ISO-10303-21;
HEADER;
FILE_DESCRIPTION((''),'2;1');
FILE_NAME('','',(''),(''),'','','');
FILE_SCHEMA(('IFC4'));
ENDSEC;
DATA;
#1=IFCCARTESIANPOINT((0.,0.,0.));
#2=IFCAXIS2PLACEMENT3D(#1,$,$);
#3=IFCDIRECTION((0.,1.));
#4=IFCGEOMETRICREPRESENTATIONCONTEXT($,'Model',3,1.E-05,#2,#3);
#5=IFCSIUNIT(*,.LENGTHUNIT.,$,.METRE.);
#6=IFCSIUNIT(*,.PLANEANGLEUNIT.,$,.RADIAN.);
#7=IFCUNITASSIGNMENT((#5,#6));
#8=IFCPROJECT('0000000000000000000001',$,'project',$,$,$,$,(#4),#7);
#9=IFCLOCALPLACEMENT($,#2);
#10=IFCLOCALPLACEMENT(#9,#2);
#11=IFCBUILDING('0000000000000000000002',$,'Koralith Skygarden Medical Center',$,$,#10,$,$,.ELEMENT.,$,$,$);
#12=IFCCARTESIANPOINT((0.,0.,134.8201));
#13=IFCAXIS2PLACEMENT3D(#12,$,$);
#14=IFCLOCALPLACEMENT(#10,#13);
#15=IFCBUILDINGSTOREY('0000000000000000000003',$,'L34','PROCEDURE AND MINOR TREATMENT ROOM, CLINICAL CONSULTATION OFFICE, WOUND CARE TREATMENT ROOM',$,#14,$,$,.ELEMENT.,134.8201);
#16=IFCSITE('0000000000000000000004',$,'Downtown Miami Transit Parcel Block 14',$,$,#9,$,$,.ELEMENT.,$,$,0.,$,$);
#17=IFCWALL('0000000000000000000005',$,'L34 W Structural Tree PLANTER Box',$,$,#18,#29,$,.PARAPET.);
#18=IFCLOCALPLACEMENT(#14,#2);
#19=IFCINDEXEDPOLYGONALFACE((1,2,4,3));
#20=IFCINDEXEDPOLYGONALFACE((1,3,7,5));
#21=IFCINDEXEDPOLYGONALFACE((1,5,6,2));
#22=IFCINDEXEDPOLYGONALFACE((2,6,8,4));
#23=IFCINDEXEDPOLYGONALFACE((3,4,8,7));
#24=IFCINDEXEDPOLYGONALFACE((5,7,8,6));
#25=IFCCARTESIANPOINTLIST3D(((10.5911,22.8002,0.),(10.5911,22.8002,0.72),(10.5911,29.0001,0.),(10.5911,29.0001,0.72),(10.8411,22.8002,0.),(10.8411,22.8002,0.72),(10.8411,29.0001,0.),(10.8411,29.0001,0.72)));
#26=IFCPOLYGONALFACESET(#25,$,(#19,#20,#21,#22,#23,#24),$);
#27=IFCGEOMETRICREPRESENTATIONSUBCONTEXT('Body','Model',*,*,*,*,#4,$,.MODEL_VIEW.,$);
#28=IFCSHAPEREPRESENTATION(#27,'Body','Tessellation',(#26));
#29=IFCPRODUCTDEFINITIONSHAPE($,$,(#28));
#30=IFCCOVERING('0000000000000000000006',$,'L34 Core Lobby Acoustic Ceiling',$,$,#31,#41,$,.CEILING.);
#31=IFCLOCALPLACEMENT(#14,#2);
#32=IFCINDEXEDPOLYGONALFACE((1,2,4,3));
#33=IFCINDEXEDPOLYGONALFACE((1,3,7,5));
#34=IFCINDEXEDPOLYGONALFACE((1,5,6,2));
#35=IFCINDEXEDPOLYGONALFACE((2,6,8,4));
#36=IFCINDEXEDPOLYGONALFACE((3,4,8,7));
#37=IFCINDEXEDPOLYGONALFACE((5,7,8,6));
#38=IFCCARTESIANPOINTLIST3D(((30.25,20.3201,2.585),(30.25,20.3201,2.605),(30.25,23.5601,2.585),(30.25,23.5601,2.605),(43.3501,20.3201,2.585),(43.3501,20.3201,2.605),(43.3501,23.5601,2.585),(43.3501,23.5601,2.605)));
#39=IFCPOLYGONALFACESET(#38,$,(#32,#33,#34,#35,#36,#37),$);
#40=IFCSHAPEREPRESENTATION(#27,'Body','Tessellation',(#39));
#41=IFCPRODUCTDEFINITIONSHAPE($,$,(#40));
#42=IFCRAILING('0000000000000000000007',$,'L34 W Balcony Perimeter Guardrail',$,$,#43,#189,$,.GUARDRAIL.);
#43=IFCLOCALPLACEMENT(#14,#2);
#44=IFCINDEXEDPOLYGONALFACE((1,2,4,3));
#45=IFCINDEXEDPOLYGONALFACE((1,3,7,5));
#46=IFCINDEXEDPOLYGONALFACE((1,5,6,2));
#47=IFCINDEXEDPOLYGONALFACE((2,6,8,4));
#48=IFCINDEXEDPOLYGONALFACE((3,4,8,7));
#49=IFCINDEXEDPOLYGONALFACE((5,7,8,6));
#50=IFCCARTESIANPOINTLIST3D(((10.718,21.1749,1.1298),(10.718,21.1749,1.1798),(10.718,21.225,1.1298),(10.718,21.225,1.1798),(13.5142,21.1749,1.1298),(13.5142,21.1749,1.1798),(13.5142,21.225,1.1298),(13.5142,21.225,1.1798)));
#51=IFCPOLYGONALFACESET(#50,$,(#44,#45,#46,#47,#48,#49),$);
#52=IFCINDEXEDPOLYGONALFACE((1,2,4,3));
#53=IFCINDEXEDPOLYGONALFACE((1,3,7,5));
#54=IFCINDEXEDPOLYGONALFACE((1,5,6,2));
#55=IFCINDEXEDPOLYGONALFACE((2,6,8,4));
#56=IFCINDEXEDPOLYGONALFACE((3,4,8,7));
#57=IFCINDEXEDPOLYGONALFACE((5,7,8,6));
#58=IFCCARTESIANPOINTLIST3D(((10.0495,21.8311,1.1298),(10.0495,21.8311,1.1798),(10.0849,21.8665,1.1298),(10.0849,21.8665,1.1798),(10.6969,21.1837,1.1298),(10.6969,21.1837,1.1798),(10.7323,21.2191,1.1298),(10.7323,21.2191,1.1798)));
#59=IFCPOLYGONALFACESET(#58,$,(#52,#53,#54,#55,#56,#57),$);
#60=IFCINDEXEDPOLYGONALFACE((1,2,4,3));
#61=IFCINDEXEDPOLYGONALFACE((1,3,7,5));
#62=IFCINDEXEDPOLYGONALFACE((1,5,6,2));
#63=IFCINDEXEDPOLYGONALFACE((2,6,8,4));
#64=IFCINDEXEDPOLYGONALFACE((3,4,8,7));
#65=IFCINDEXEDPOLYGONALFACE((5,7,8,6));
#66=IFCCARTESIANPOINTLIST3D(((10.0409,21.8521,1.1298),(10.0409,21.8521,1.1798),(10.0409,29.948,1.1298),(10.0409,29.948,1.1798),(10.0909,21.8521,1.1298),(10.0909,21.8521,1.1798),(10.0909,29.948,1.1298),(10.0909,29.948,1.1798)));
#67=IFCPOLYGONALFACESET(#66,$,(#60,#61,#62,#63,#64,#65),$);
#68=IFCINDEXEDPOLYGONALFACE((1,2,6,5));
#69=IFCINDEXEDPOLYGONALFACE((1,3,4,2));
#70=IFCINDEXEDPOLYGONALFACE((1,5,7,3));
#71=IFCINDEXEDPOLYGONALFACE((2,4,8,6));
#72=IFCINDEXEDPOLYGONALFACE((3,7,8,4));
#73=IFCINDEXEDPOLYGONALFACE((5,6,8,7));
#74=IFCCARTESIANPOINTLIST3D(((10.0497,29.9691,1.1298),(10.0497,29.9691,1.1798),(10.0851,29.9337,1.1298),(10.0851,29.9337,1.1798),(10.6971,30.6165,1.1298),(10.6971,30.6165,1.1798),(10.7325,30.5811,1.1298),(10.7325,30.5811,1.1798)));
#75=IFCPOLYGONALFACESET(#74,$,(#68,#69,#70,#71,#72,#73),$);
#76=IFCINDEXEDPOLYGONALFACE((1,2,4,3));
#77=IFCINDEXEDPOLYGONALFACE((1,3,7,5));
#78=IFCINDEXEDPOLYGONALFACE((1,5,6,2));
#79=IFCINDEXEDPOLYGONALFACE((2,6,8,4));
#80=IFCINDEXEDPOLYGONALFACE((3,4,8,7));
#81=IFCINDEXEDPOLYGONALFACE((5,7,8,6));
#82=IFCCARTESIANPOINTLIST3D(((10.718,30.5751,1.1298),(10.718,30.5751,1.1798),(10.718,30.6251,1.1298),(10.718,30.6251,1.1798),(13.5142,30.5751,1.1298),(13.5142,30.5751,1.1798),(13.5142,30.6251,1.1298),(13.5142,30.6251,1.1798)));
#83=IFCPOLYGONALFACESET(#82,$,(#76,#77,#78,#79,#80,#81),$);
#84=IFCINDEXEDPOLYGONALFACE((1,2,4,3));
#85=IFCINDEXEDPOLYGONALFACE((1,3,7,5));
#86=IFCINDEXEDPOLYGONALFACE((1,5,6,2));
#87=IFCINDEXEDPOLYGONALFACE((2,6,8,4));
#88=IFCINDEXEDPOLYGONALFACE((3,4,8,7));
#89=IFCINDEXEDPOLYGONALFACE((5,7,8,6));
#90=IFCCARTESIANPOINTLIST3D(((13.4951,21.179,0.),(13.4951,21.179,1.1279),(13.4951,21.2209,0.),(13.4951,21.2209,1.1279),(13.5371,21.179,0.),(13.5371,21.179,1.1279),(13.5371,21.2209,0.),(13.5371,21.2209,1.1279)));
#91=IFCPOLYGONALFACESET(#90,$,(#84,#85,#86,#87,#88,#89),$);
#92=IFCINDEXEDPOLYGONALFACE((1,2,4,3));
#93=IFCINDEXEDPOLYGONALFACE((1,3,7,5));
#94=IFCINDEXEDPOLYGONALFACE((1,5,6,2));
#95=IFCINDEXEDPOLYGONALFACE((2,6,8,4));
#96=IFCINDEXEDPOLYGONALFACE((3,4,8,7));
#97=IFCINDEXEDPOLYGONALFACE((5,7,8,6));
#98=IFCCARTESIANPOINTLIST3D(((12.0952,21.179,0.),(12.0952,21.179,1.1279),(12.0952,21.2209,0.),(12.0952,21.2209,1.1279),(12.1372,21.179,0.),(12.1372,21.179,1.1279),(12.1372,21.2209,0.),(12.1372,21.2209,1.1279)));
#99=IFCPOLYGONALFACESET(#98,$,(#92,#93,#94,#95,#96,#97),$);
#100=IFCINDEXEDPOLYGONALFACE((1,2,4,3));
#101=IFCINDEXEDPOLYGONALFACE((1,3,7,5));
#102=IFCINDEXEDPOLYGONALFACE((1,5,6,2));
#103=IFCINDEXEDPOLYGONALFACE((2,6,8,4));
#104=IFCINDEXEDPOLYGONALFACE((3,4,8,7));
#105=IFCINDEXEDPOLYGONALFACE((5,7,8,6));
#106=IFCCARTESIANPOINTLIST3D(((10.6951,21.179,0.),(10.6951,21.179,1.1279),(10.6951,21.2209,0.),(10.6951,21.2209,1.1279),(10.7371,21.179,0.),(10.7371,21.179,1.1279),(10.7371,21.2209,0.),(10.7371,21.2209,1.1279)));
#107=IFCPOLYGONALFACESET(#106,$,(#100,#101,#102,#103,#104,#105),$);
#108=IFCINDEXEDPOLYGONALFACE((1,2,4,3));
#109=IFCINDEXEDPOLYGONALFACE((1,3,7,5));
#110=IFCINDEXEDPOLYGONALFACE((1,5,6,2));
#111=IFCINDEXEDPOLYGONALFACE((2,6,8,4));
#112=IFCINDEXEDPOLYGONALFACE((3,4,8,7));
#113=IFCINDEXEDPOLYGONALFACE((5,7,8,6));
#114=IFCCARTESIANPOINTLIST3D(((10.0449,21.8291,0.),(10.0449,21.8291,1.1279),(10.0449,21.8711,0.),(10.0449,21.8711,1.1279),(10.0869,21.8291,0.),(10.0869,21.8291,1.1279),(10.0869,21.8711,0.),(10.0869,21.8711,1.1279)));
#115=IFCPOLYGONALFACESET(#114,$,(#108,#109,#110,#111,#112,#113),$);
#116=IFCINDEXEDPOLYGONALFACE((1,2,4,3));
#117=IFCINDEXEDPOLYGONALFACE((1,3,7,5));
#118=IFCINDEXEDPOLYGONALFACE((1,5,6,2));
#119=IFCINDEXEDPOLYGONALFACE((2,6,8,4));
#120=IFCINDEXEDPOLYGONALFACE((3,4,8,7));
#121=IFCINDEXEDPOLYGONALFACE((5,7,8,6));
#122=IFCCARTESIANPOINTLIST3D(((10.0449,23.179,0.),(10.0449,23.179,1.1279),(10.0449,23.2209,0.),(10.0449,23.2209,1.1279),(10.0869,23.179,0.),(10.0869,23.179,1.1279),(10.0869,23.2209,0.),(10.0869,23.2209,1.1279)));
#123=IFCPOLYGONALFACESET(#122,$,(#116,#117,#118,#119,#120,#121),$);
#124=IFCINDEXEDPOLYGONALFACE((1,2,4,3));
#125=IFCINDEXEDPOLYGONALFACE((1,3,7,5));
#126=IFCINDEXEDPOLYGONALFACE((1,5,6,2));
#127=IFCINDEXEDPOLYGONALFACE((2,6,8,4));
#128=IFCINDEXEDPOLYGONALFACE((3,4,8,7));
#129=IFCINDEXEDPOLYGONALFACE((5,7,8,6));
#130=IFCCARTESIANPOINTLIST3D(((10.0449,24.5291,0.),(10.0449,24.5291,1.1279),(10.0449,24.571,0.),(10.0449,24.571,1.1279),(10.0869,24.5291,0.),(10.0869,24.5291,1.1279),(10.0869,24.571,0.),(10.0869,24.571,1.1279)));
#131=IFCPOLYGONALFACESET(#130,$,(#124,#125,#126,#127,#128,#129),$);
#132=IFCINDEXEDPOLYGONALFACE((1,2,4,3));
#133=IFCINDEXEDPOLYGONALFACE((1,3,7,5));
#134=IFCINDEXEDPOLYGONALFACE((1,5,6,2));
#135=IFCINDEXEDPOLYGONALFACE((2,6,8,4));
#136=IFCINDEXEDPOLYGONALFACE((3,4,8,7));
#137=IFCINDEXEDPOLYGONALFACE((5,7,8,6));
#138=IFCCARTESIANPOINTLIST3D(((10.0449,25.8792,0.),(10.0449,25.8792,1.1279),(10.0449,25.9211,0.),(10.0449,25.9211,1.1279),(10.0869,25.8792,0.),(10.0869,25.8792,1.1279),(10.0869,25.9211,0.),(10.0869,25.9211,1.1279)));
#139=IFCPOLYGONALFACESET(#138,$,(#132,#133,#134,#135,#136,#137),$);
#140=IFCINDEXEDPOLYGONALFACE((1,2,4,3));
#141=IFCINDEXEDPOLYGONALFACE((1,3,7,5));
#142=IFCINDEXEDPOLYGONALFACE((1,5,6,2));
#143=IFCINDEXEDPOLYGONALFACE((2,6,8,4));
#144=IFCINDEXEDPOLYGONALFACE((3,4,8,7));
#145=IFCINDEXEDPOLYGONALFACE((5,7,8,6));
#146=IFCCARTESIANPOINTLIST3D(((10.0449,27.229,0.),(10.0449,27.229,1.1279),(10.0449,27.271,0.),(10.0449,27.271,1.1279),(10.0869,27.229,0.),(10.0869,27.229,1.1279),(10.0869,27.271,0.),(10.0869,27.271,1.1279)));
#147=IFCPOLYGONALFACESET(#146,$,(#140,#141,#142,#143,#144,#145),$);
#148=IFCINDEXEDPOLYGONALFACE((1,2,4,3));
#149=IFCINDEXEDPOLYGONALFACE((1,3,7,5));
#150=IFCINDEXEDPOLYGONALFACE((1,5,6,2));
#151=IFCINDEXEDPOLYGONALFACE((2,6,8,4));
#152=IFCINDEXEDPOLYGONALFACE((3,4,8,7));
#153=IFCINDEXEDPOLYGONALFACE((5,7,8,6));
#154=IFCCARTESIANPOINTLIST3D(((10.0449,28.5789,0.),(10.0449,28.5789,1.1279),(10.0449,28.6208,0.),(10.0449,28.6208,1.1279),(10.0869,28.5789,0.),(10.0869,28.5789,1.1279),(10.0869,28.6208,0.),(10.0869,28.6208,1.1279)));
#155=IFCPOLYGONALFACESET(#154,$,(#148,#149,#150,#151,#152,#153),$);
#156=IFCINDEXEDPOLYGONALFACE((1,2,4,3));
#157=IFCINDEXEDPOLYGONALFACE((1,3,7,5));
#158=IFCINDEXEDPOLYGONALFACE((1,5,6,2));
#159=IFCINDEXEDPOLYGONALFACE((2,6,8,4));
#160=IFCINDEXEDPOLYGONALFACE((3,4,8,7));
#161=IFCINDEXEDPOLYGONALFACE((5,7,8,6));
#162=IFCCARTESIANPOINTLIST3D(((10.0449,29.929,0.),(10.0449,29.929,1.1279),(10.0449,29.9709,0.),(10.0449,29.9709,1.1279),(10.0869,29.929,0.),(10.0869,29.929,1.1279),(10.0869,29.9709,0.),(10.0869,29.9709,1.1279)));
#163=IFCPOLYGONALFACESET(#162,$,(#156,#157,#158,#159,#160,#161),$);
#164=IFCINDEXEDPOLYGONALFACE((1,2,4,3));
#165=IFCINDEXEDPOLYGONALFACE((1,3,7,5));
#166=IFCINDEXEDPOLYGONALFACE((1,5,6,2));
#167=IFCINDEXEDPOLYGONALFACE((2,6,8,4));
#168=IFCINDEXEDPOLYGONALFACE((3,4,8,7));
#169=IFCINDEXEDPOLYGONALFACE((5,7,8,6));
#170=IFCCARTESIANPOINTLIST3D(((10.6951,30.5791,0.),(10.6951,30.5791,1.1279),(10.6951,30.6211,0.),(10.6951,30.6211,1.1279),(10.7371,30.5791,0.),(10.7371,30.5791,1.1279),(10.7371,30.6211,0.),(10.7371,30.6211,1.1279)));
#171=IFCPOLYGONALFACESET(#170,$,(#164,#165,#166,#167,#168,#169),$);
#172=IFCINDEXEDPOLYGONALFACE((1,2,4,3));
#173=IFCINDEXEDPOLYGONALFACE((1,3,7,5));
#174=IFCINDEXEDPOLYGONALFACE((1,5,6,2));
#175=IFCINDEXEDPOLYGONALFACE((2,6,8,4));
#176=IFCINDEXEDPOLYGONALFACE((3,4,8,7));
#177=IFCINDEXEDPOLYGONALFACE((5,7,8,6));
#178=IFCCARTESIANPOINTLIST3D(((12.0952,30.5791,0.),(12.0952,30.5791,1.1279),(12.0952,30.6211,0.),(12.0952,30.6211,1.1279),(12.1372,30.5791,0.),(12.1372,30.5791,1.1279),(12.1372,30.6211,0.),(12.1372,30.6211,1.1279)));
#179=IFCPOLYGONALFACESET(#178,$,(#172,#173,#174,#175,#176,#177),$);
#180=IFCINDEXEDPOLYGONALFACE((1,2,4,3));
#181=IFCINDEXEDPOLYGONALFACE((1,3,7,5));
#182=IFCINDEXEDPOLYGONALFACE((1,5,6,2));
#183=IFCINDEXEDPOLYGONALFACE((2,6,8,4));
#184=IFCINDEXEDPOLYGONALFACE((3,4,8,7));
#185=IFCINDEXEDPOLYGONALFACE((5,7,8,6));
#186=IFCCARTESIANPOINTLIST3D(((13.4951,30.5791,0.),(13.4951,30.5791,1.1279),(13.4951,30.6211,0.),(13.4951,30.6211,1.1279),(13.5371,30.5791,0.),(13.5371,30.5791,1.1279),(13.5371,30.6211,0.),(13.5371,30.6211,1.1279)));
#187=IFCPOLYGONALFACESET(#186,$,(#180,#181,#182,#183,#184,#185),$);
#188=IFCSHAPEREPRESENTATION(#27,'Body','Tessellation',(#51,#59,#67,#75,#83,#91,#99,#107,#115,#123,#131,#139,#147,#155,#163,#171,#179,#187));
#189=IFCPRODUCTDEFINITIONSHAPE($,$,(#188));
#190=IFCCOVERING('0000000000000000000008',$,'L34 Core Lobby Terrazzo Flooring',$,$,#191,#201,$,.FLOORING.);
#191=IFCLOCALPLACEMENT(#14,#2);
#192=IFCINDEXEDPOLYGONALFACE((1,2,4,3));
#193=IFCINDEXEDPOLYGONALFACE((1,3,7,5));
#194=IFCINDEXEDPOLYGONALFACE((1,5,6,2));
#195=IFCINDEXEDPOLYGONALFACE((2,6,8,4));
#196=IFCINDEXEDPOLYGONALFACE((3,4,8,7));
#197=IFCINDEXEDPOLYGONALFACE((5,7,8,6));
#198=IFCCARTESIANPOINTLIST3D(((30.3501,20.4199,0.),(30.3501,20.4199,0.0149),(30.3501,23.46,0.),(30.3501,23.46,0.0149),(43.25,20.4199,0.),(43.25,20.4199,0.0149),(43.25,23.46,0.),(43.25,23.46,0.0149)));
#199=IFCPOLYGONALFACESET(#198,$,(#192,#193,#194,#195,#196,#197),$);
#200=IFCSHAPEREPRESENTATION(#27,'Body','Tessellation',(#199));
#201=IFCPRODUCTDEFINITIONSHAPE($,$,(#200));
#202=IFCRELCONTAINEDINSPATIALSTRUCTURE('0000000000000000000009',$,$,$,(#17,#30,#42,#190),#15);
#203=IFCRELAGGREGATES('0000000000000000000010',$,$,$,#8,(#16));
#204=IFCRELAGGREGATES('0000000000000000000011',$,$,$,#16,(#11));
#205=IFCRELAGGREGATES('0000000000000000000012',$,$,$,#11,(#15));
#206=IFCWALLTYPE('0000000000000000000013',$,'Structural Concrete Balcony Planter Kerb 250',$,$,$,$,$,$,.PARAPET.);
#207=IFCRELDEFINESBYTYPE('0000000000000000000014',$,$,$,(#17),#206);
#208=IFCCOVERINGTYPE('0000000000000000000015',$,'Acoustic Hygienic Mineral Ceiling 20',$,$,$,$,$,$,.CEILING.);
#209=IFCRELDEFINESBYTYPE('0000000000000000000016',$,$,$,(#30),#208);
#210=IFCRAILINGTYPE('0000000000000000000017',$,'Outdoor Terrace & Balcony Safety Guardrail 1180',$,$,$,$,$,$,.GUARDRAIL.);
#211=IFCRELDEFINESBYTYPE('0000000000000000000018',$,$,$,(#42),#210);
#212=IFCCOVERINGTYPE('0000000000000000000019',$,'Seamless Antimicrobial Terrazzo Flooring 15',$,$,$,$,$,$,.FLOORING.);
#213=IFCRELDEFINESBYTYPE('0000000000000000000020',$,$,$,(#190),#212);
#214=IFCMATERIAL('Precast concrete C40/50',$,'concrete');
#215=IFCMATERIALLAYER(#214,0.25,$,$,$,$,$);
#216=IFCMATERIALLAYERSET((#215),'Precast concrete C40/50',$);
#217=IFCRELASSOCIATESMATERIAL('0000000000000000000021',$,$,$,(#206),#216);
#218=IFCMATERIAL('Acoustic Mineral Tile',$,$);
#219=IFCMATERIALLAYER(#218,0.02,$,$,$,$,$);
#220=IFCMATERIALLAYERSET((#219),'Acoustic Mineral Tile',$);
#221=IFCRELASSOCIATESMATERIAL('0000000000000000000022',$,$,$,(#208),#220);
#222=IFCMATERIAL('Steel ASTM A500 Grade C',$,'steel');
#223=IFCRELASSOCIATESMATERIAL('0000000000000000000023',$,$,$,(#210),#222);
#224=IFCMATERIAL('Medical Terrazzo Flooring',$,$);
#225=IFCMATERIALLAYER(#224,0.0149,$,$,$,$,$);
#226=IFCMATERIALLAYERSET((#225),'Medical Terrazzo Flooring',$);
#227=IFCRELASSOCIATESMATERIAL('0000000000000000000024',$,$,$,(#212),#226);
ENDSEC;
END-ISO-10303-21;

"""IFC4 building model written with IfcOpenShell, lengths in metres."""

from ifc_helpers import new_model, si_unit, direction, frame, frame_2d, origin, origin_2d, place, context, subcontext, project, spatial, polyline, rectangle, outline, extrude, material, layer, layer_set, type_object, element, save


model = new_model("IFC4")

# Units and contexts
model_context = context("Model", 3, precision=1e-05, world=origin(), true_north=direction((0.0, 1.0)))
body_context = subcontext(model_context, "Body", "Model", "MODEL_VIEW")
ifc_project = project(units=[si_unit("LENGTHUNIT", "METRE"), si_unit("PLANEANGLEUNIT", "RADIAN")], contexts=[model_context])

# Site, building, storey
site_placement = place(None, origin())
site = spatial("IfcSite", under=ifc_project, at=site_placement, Name="Downtown Miami Transit Parcel Block 14", CompositionType="ELEMENT", RefElevation=0.0)
building_placement = place(site_placement, origin())
building = spatial("IfcBuilding", under=site, at=building_placement, Name="Koralith Skygarden Medical Center", CompositionType="ELEMENT")
storey_placement = place(building_placement, frame((0.0, 0.0, 134.8201)))
storey = spatial("IfcBuildingStorey", under=building, at=storey_placement, Name="L34", Description="PROCEDURE AND MINOR TREATMENT ROOM, CLINICAL CONSULTATION OFFICE, WOUND CARE TREATMENT ROOM", CompositionType="ELEMENT", Elevation=134.8201)

# Wall
ifc_material_1 = material(Name="Precast concrete C40/50", Category="concrete")
ifc_layer_1 = layer(ifc_material_1, 0.25)
ifc_layer_set_1 = layer_set([ifc_layer_1], Name="Precast concrete C40/50")
wall_type_1 = type_object("IfcWallType", Name="Structural Concrete Balcony Planter Kerb 250", PredefinedType="PARAPET", material=ifc_layer_set_1)
wall_1_placement = place(storey_placement, frame((10.7161, 22.8, 0.0), z_axis=(0.0, 0.0, 1.0), x_axis=(0.0, 1.0, 0.0)))
element("IfcWall", 1, at=wall_1_placement, inside=storey, type_object=wall_type_1, Name="L34 W Structural Tree PLANTER Box", PredefinedType="PARAPET", context=body_context, shape_type="SweptSolid", body=[
    extrude(rectangle(XDim=6.2, YDim=0.25, at=frame_2d((3.1001, 0.0))), origin(), (0.0, 0.0, 1.0), 0.72),
])

# Covering
ifc_material_2 = material(Name="Acoustic Mineral Tile")
ifc_layer_2 = layer(ifc_material_2, 0.02)
ifc_layer_set_2 = layer_set([ifc_layer_2], Name="Acoustic Mineral Tile")
covering_type_1 = type_object("IfcCoveringType", Name="Acoustic Hygienic Mineral Ceiling 20", PredefinedType="CEILING", material=ifc_layer_set_2)
covering_1_placement = place(storey_placement, frame((0.0, 0.0, 2.585)))
element("IfcCovering", 2, at=covering_1_placement, inside=storey, type_object=covering_type_1, Name="L34 Core Lobby Acoustic Ceiling", PredefinedType="CEILING", context=body_context, shape_type="SweptSolid", body=[
    extrude(outline(polyline([(30.25, 20.3201), (43.3501, 20.3201), (43.3501, 23.5601), (30.25, 23.5601), (30.25, 20.3201)])), origin(), (0.0, 0.0, 1.0), 0.02),
])

# Railing
ifc_material_3 = material(Name="Steel ASTM A500 Grade C", Category="steel")
railing_type = type_object("IfcRailingType", Name="Outdoor Terrace & Balcony Safety Guardrail 1180", PredefinedType="GUARDRAIL", material=ifc_material_3)
railing_placement = place(storey_placement, frame((13.5161, 21.2, 0.0)))
element("IfcRailing", 3, at=railing_placement, inside=storey, type_object=railing_type, Name="L34 W Balcony Perimeter Guardrail", PredefinedType="GUARDRAIL", context=body_context, shape_type="SweptSolid", body=[
    extrude(rectangle(XDim=0.05, YDim=0.05, at=origin_2d()), frame((-0.002, 0.0, 1.1548), z_axis=(-1.0, 0.0, 0.0), x_axis=(0.0, -1.0, 0.0)), (0.0, 0.0, 1.0), 2.7961),
    extrude(rectangle(XDim=0.05, YDim=0.05, at=origin_2d()), frame((-2.8015, 0.0015, 1.1548), z_axis=(-0.707107, 0.707107, 0.0), x_axis=(-0.707107, -0.707107, 0.0)), (0.0, 0.0, 1.0), 0.9155),
    extrude(rectangle(XDim=0.05, YDim=0.05, at=origin_2d()), frame((-3.4502, 0.6521, 1.1548), z_axis=(0.0, 1.0, 0.0), x_axis=(-1.0, 0.0, 0.0)), (0.0, 0.0, 1.0), 8.0959),
    extrude(rectangle(XDim=0.05, YDim=0.05, at=origin_2d()), frame((-3.4487, 8.7515, 1.1548), z_axis=(0.707107, 0.707107, 0.0), x_axis=(-0.707107, 0.707107, 0.0)), (0.0, 0.0, 1.0), 0.9155),
    extrude(rectangle(XDim=0.05, YDim=0.05, at=origin_2d()), frame((-2.7981, 9.4001, 1.1548), z_axis=(1.0, 0.0, 0.0), x_axis=(0.0, 1.0, 0.0)), (0.0, 0.0, 1.0), 2.7961),
    extrude(rectangle(XDim=0.042, YDim=0.042, at=origin_2d()), origin(), (0.0, 0.0, 1.0), 1.1279),
    extrude(rectangle(XDim=0.042, YDim=0.042, at=origin_2d()), frame((-1.3999, 0.0, 0.0)), (0.0, 0.0, 1.0), 1.1279),
    extrude(rectangle(XDim=0.042, YDim=0.042, at=origin_2d()), frame((-2.8, 0.0, 0.0)), (0.0, 0.0, 1.0), 1.1279),
    extrude(rectangle(XDim=0.042, YDim=0.042, at=origin_2d()), frame((-3.4502, 0.6501, 0.0)), (0.0, 0.0, 1.0), 1.1279),
    extrude(rectangle(XDim=0.042, YDim=0.042, at=origin_2d()), frame((-3.4502, 2.0, 0.0)), (0.0, 0.0, 1.0), 1.1279),
    extrude(rectangle(XDim=0.042, YDim=0.042, at=origin_2d()), frame((-3.4502, 3.3501, 0.0)), (0.0, 0.0, 1.0), 1.1279),
    extrude(rectangle(XDim=0.042, YDim=0.042, at=origin_2d()), frame((-3.4502, 4.7002, 0.0)), (0.0, 0.0, 1.0), 1.1279),
    extrude(rectangle(XDim=0.042, YDim=0.042, at=origin_2d()), frame((-3.4502, 6.05, 0.0)), (0.0, 0.0, 1.0), 1.1279),
    extrude(rectangle(XDim=0.042, YDim=0.042, at=origin_2d()), frame((-3.4502, 7.3999, 0.0)), (0.0, 0.0, 1.0), 1.1279),
    extrude(rectangle(XDim=0.042, YDim=0.042, at=origin_2d()), frame((-3.4502, 8.75, 0.0)), (0.0, 0.0, 1.0), 1.1279),
    extrude(rectangle(XDim=0.042, YDim=0.042, at=origin_2d()), frame((-2.8, 9.4001, 0.0)), (0.0, 0.0, 1.0), 1.1279),
    extrude(rectangle(XDim=0.042, YDim=0.042, at=origin_2d()), frame((-1.3999, 9.4001, 0.0)), (0.0, 0.0, 1.0), 1.1279),
    extrude(rectangle(XDim=0.042, YDim=0.042, at=origin_2d()), frame((0.0, 9.4001, 0.0)), (0.0, 0.0, 1.0), 1.1279),
])

# Covering
ifc_material_4 = material(Name="Medical Terrazzo Flooring")
ifc_layer_3 = layer(ifc_material_4, 0.0149)
ifc_layer_set_3 = layer_set([ifc_layer_3], Name="Medical Terrazzo Flooring")
covering_type_2 = type_object("IfcCoveringType", Name="Seamless Antimicrobial Terrazzo Flooring 15", PredefinedType="FLOORING", material=ifc_layer_set_3)
covering_2_placement = place(storey_placement, origin())
element("IfcCovering", 4, at=covering_2_placement, inside=storey, type_object=covering_type_2, Name="L34 Core Lobby Terrazzo Flooring", PredefinedType="FLOORING", context=body_context, shape_type="SweptSolid", body=[
    extrude(outline(polyline([(30.3501, 20.4199), (43.25, 20.4199), (43.25, 23.46), (30.3501, 23.46), (30.3501, 20.4199)])), origin(), (0.0, 0.0, 1.0), 0.0149),
])

save(model, "model.ifc")
